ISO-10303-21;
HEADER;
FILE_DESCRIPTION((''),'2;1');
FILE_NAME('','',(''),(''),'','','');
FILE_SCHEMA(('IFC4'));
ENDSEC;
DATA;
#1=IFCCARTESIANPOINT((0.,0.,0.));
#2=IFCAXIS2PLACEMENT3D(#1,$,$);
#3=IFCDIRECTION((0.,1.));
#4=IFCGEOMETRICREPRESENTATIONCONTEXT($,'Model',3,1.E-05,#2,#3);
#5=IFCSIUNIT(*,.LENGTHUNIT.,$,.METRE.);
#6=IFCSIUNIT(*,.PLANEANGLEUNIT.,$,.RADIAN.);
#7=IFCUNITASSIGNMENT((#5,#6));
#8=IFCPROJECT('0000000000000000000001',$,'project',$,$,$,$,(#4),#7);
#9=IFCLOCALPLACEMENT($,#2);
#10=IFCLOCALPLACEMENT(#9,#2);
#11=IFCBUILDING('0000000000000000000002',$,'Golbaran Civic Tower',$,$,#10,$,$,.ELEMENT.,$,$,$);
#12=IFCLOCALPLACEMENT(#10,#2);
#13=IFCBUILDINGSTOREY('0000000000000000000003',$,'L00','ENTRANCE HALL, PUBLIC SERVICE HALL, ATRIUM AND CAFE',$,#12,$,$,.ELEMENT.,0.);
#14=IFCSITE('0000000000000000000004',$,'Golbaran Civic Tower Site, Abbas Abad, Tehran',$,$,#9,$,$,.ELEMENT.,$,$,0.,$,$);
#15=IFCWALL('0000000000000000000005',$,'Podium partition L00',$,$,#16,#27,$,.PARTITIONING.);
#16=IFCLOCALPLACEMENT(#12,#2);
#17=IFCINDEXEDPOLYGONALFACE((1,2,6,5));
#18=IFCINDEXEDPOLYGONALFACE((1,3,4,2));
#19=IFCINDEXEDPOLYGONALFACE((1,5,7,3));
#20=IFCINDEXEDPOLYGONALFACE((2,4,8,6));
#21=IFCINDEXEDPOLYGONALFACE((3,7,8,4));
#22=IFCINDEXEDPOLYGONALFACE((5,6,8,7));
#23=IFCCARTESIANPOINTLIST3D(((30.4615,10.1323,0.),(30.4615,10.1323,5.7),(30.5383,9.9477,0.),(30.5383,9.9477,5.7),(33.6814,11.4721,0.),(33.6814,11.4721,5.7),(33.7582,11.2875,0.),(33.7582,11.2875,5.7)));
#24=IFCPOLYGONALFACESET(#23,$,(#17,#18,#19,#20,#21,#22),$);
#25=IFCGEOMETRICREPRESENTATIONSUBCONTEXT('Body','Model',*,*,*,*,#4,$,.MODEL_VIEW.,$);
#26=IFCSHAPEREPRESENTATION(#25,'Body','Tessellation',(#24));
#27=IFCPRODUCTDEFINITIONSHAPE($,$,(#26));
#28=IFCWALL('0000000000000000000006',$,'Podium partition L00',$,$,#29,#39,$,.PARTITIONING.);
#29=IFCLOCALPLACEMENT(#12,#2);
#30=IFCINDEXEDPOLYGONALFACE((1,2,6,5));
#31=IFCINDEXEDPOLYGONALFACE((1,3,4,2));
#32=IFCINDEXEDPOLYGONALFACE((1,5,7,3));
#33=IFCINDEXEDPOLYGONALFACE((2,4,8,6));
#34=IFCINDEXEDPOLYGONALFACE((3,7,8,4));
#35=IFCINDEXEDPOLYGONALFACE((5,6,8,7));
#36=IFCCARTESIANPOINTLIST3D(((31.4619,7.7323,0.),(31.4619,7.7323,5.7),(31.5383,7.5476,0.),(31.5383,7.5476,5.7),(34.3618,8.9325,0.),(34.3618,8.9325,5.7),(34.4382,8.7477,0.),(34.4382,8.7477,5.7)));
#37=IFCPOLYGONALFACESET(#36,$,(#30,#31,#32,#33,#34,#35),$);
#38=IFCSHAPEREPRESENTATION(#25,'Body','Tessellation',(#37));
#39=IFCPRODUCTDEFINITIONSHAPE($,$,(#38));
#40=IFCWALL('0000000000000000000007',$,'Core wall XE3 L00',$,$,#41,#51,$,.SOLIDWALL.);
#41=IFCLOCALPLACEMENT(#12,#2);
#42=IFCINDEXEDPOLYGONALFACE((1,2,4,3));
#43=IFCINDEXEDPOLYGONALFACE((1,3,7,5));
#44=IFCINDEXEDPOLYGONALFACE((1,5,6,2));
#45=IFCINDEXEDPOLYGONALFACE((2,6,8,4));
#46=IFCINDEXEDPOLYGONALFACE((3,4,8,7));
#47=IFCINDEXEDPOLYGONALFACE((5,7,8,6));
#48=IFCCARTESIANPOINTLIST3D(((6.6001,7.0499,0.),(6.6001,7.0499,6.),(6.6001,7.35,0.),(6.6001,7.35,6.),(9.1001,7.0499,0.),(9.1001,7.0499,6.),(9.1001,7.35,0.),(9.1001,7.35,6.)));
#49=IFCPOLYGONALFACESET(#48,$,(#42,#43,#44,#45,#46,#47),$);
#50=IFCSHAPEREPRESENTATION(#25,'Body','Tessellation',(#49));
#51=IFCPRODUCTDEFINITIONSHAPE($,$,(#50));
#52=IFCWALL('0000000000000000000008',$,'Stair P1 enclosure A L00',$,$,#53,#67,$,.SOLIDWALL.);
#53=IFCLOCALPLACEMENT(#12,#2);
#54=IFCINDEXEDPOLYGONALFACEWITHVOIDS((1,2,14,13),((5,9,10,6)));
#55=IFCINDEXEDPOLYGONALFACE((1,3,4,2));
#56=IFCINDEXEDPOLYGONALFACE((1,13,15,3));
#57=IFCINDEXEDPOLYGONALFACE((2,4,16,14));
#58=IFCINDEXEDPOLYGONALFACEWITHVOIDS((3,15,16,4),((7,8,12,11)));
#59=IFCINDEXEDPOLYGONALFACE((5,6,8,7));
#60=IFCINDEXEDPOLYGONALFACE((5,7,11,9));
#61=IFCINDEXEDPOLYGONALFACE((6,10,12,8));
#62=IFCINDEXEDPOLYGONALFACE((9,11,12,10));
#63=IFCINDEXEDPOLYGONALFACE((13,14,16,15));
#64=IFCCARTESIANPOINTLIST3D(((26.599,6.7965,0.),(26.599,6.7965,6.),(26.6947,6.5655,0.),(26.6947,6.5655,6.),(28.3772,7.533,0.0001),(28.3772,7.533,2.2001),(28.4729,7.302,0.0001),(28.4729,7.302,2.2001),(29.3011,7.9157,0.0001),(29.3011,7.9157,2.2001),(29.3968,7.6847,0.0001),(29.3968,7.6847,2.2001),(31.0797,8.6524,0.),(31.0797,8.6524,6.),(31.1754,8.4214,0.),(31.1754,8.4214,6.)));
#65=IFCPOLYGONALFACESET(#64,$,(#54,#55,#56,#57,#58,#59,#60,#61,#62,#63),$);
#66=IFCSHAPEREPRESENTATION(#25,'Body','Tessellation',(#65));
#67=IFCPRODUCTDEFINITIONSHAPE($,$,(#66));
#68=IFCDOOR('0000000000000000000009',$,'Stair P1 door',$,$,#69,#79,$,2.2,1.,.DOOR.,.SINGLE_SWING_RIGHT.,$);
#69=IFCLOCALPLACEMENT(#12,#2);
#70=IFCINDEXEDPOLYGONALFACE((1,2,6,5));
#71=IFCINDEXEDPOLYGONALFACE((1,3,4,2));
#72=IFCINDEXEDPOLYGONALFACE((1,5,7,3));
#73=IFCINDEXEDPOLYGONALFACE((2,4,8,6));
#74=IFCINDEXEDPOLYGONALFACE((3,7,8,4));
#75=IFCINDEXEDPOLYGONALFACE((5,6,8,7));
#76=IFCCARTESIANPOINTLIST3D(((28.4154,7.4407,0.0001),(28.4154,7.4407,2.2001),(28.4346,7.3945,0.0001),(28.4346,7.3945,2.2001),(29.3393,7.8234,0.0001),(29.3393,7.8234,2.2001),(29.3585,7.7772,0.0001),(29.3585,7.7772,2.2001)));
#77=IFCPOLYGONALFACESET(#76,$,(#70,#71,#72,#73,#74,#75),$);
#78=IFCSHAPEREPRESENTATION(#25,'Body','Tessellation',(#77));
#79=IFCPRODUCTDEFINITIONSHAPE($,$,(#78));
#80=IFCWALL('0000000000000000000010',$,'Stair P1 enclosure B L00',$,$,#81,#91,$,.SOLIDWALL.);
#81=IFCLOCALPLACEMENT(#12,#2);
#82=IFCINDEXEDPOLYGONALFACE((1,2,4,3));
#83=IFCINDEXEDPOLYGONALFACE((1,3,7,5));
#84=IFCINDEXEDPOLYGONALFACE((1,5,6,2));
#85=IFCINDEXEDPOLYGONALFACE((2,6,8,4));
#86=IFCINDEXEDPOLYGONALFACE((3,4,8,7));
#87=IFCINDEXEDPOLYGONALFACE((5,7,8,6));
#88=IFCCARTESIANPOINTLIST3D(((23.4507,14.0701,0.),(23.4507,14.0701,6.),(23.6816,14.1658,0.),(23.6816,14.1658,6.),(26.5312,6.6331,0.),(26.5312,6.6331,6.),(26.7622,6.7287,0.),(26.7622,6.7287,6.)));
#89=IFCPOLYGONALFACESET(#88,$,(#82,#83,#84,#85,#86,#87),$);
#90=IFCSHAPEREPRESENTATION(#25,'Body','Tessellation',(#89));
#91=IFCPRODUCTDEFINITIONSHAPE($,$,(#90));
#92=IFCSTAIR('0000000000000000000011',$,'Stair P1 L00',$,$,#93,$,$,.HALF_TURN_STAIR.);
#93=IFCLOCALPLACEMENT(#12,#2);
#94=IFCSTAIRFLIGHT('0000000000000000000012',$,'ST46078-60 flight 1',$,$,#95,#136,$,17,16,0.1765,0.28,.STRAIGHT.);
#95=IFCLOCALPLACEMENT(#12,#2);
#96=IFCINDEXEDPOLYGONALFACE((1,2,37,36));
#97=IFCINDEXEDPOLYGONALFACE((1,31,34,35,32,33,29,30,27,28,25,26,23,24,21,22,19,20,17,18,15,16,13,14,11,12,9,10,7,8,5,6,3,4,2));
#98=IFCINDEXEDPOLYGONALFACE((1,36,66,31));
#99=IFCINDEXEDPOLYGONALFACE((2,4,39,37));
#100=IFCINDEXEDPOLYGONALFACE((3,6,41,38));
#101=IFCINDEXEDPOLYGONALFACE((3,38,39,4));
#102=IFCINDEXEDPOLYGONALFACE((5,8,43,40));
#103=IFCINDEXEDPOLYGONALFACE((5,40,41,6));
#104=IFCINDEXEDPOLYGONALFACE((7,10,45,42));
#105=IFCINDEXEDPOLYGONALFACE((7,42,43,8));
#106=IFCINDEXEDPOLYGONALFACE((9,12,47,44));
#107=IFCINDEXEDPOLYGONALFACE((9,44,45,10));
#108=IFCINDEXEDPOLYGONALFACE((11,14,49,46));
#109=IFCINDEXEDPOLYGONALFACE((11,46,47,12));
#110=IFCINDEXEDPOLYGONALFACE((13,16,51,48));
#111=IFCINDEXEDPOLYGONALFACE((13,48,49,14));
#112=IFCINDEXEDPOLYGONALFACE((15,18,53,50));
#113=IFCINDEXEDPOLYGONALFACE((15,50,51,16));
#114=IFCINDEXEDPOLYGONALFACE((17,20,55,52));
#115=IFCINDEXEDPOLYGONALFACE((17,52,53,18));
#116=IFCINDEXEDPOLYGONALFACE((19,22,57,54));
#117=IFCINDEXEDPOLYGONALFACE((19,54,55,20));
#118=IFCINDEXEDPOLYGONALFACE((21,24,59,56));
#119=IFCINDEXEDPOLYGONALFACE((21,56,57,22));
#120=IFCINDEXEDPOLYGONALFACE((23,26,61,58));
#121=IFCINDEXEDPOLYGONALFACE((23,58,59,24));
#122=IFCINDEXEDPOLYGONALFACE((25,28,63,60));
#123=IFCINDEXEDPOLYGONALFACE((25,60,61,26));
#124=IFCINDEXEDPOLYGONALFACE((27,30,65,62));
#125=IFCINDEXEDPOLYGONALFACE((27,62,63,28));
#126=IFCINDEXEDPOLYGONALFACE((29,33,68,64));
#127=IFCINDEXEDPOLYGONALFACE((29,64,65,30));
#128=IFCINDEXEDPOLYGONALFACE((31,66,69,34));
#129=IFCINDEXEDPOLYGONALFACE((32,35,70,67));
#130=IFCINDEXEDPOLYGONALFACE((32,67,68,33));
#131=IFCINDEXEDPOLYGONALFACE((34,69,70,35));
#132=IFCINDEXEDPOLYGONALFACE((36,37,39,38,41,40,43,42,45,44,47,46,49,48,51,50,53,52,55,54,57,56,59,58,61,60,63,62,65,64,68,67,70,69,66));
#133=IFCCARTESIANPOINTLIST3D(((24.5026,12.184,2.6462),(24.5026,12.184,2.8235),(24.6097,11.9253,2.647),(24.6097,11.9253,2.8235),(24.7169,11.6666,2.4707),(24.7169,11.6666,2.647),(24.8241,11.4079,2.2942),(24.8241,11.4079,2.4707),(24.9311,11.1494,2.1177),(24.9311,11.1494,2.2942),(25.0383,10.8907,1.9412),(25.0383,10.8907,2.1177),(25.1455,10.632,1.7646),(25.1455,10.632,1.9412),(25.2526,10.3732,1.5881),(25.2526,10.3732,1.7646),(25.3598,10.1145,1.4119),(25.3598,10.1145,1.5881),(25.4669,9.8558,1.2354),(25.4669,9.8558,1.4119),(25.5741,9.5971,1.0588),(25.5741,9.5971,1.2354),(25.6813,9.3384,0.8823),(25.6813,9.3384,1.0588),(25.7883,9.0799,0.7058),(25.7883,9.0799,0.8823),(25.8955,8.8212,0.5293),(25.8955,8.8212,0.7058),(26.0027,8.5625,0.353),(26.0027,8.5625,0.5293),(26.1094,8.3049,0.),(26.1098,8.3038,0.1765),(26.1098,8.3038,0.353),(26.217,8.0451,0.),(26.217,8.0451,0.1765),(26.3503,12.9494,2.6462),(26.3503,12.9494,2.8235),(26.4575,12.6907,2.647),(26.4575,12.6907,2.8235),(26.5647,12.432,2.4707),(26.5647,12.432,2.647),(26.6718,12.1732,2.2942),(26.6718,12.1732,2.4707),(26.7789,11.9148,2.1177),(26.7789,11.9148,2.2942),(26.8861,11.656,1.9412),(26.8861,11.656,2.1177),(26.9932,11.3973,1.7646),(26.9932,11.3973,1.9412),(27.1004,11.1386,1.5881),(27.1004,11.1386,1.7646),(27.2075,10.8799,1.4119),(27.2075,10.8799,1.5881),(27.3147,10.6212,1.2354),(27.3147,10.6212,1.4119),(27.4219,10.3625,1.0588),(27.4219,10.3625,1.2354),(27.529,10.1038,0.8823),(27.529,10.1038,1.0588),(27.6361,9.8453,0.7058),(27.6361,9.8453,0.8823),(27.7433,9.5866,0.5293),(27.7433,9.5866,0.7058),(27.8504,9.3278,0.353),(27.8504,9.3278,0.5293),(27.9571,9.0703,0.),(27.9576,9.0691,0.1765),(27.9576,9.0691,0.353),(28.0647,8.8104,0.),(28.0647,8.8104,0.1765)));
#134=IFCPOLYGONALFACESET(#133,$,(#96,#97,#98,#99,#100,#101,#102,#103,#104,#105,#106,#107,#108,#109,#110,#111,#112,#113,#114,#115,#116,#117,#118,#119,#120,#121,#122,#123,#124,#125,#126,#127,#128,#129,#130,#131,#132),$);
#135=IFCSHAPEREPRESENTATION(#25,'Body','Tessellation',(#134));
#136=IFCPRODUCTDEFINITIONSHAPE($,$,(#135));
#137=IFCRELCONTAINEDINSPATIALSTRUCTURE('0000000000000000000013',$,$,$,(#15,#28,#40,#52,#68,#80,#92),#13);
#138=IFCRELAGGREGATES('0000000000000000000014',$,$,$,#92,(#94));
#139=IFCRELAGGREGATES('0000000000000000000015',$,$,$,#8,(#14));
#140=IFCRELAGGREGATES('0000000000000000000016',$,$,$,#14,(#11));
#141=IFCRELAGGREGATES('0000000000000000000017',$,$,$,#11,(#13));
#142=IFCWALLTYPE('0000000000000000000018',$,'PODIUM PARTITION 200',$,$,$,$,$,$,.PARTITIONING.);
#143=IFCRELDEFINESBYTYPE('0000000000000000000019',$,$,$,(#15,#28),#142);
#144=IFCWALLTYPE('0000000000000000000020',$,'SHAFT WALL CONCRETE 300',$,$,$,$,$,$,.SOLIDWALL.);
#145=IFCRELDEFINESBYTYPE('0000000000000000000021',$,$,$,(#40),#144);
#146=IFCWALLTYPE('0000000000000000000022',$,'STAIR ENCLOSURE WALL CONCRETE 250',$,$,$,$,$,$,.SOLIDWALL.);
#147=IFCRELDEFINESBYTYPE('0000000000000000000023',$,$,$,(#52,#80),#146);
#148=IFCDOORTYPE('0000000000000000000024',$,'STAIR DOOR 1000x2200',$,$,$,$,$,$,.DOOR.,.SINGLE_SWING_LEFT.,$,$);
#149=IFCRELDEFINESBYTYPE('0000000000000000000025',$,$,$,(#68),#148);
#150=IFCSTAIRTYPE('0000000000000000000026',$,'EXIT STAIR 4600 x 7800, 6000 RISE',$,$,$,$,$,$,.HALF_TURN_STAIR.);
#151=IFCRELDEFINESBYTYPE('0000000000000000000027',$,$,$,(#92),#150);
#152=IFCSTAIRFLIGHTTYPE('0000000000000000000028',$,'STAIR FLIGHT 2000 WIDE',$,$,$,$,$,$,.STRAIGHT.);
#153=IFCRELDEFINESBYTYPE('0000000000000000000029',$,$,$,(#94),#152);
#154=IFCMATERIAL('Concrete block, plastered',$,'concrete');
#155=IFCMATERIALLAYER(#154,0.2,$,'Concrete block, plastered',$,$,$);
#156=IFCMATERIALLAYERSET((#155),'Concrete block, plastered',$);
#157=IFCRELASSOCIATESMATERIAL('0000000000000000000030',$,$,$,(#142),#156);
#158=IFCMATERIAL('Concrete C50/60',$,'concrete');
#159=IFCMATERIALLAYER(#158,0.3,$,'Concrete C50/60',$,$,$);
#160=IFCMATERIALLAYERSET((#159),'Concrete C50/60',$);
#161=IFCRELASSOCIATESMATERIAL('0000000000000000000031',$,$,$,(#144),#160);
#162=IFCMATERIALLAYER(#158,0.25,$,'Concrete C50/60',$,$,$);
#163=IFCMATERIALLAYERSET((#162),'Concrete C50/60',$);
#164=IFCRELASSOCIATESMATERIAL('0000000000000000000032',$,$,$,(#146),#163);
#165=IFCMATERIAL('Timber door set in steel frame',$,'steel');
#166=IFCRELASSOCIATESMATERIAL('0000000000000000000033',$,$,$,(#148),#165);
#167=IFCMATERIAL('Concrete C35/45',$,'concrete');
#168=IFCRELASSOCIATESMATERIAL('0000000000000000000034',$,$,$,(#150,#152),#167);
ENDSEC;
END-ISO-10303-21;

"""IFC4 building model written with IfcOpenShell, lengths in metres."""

from ifc_helpers import new_model, si_unit, direction, frame, frame_2d, origin, place, context, subcontext, project, spatial, polyline, rectangle, outline, extrude, material, layer, layer_set, type_object, element, fill, aggregate, save


model = new_model("IFC4")

# Units and contexts
model_context = context("Model", 3, precision=1e-05, world=origin(), true_north=direction((0.0, 1.0)))
body_context = subcontext(model_context, "Body", "Model", "MODEL_VIEW")
ifc_project = project(units=[si_unit("LENGTHUNIT", "METRE"), si_unit("PLANEANGLEUNIT", "RADIAN")], contexts=[model_context])

# Site, building, storey
site_placement = place(None, origin())
site = spatial("IfcSite", under=ifc_project, at=site_placement, Name="Golbaran Civic Tower Site, Abbas Abad, Tehran", CompositionType="ELEMENT", RefElevation=0.0)
building_placement = place(site_placement, origin())
building = spatial("IfcBuilding", under=site, at=building_placement, Name="Golbaran Civic Tower", CompositionType="ELEMENT")
storey_placement = place(building_placement, origin())
storey = spatial("IfcBuildingStorey", under=building, at=storey_placement, Name="L00", Description="ENTRANCE HALL, PUBLIC SERVICE HALL, ATRIUM AND CAFE", CompositionType="ELEMENT", Elevation=0.0)

# Shared definitions
ifc_material_1 = material(Name="Concrete C50/60", Category="concrete")

# Shared definitions
ifc_material_2 = material(Name="Concrete block, plastered", Category="concrete")
ifc_layer_1 = layer(ifc_material_2, 0.2, Name="Concrete block, plastered")
ifc_layer_set_1 = layer_set([ifc_layer_1], Name="Concrete block, plastered")
wall_type_1 = type_object("IfcWallType", Name="PODIUM PARTITION 200", PredefinedType="PARTITIONING", material=ifc_layer_set_1)

# Shared definitions
ifc_material_3 = material(Name="Timber door set in steel frame", Category="steel")

# Walls
wall_1_placement = place(storey_placement, frame((30.5, 10.04, 0.0), z_axis=(0.0, 0.0, 1.0), x_axis=(0.923261, 0.384173, 0.0)))
element("IfcWall", 1, at=wall_1_placement, inside=storey, type_object=wall_type_1, Name="Podium partition L00", PredefinedType="PARTITIONING", context=body_context, shape_type="SweptSolid", body=[
    extrude(rectangle(XDim=3.4875, YDim=0.2, at=frame_2d((1.7437, 0.0))), origin(), (0.0, 0.0, 1.0), 5.7),
])
wall_2_placement = place(storey_placement, frame((31.5, 7.6399, 0.0), z_axis=(0.0, 0.0, 1.0), x_axis=(0.92399, 0.382416, 0.0)))
element("IfcWall", 2, at=wall_2_placement, inside=storey, type_object=wall_type_1, Name="Podium partition L00", PredefinedType="PARTITIONING", context=body_context, shape_type="SweptSolid", body=[
    extrude(rectangle(XDim=3.1384, YDim=0.2, at=frame_2d((1.5693, 0.0))), origin(), (0.0, 0.0, 1.0), 5.7),
])
ifc_layer_2 = layer(ifc_material_1, 0.3, Name="Concrete C50/60")
ifc_layer_set_2 = layer_set([ifc_layer_2], Name="Concrete C50/60")
wall_type_2 = type_object("IfcWallType", Name="SHAFT WALL CONCRETE 300", PredefinedType="SOLIDWALL", material=ifc_layer_set_2)
wall_3_placement = place(storey_placement, frame((6.6001, 7.2, 0.0), z_axis=(0.0, 0.0, 1.0), x_axis=(1.0, 0.0, 0.0)))
element("IfcWall", 3, at=wall_3_placement, inside=storey, type_object=wall_type_2, Name="Core wall XE3 L00", PredefinedType="SOLIDWALL", context=body_context, shape_type="SweptSolid", body=[
    extrude(rectangle(XDim=2.5, YDim=0.3, at=frame_2d((1.25, 0.0))), origin(), (0.0, 0.0, 1.0), 6.0),
])

# Wall, opening, door
ifc_layer_3 = layer(ifc_material_1, 0.25, Name="Concrete C50/60")
ifc_layer_set_3 = layer_set([ifc_layer_3], Name="Concrete C50/60")
wall_type_3 = type_object("IfcWallType", Name="STAIR ENCLOSURE WALL CONCRETE 250", PredefinedType="SOLIDWALL", material=ifc_layer_set_3)
wall_4_placement = place(storey_placement, frame((31.1274, 8.5369, 0.0), z_axis=(0.0, 0.0, 1.0), x_axis=(-0.923881, -0.382681, 0.0)))
wall_4 = element("IfcWall", 4, at=wall_4_placement, inside=storey, type_object=wall_type_3, Name="Stair P1 enclosure A L00", PredefinedType="SOLIDWALL", context=body_context, shape_type="SweptSolid", body=[
    extrude(rectangle(XDim=4.8499, YDim=0.25, at=frame_2d((2.4248, 0.0))), origin(), (0.0, 0.0, 1.0), 6.0),
])
opening_1_placement = place(wall_4_placement, frame((1.925, 0.0, 0.0)))
opening_1 = element("IfcOpeningElement", 5, at=opening_1_placement, cuts=wall_4, PredefinedType="OPENING", context=body_context, shape_type="SweptSolid", body=[
    extrude(rectangle(XDim=1.0, YDim=2.2, at=frame_2d((0.5, 1.1001))), frame((0.0, 0.135, 0.0), z_axis=(0.0, -1.0, 0.0), x_axis=(1.0, 0.0, 0.0)), (0.0, 0.0, 1.0), 0.27),
])
door_type_1 = type_object("IfcDoorType", Name="STAIR DOOR 1000x2200", OperationType="SINGLE_SWING_LEFT", PredefinedType="DOOR", material=ifc_material_3)
door_1_placement = place(opening_1_placement, origin())
door_1 = element("IfcDoor", 6, at=door_1_placement, inside=storey, type_object=door_type_1, Name="Stair P1 door", OperationType="SINGLE_SWING_RIGHT", OverallHeight=2.2, OverallWidth=1.0, PredefinedType="DOOR", context=body_context, shape_type="SweptSolid", body=[
    extrude(rectangle(XDim=1.0, YDim=2.2, at=frame_2d((0.5, 1.1001))), frame((0.0, 0.0249, 0.0), z_axis=(0.0, -1.0, 0.0), x_axis=(1.0, 0.0, 0.0)), (0.0, 0.0, 1.0), 0.05),
])
fill(opening_1, door_1)

# Wall
wall_5_placement = place(storey_placement, frame((26.6467, 6.6809, 0.0), z_axis=(0.0, 0.0, 1.0), x_axis=(-0.382689, 0.923877, 0.0)))
element("IfcWall", 7, at=wall_5_placement, inside=storey, type_object=wall_type_3, Name="Stair P1 enclosure B L00", PredefinedType="SOLIDWALL", context=body_context, shape_type="SweptSolid", body=[
    extrude(rectangle(XDim=8.0498, YDim=0.25, at=frame_2d((4.0249, 0.0))), origin(), (0.0, 0.0, 1.0), 6.0),
])

# Stair, stair flight
ifc_material_4 = material(Name="Concrete C35/45", Category="concrete")
stair_type = type_object("IfcStairType", Name="EXIT STAIR 4600 x 7800, 6000 RISE", PredefinedType="HALF_TURN_STAIR", material=ifc_material_4)
stair_placement = place(storey_placement, origin())
stair = element("IfcStair", 8, at=stair_placement, inside=storey, type_object=stair_type, Name="Stair P1 L00", PredefinedType="HALF_TURN_STAIR")
stair_flight_type = type_object("IfcStairFlightType", Name="STAIR FLIGHT 2000 WIDE", PredefinedType="STRAIGHT", material=ifc_material_4)
stair_flight_1_placement = place(storey_placement, frame((27.1409, 8.4277, 0.0), z_axis=(0.0, 0.0, 1.0), x_axis=(-0.382683, 0.92388, 0.0)))
stair_flight_1 = element("IfcStairFlight", 9, at=stair_flight_1_placement, type_object=stair_flight_type, Name="ST46078-60 flight 1", NumberOfRisers=17, NumberOfTreads=16, PredefinedType="STRAIGHT", RiserHeight=0.1765, TreadLength=0.28, context=body_context, shape_type="SweptSolid", body=[
    extrude(outline(polyline([(0.0, 0.0), (0.0, 0.1765), (0.28, 0.1765), (0.28, 0.353), (0.5601, 0.353), (0.5601, 0.5293), (0.8401, 0.5293), (0.8401, 0.7058), (1.1201, 0.7058), (1.1201, 0.8823), (1.3999, 0.8823), (1.3999, 1.0588), (1.6799, 1.0588), (1.6799, 1.2354), (1.96, 1.2354), (1.96, 1.4119), (2.24, 1.4119), (2.24, 1.5881), (2.52, 1.5881), (2.52, 1.7646), (2.8, 1.7646), (2.8, 1.9412), (3.0801, 1.9412), (3.0801, 2.1177), (3.3601, 2.1177), (3.3601, 2.2942), (3.6399, 2.2942), (3.6399, 2.4707), (3.9199, 2.4707), (3.9199, 2.647), (4.2, 2.647), (4.2, 2.8235), (4.48, 2.8235), (4.48, 3.0), (4.48, 2.6462), (0.2812, 0.0), (0.0, 0.0)])), frame((0.0, 1.0, 0.0), z_axis=(0.0, -1.0, 0.0), x_axis=(1.0, 0.0, 0.0)), (0.0, 0.0, 1.0), 2.0),
])
aggregate(stair, [stair_flight_1])

save(model, "model.ifc")
